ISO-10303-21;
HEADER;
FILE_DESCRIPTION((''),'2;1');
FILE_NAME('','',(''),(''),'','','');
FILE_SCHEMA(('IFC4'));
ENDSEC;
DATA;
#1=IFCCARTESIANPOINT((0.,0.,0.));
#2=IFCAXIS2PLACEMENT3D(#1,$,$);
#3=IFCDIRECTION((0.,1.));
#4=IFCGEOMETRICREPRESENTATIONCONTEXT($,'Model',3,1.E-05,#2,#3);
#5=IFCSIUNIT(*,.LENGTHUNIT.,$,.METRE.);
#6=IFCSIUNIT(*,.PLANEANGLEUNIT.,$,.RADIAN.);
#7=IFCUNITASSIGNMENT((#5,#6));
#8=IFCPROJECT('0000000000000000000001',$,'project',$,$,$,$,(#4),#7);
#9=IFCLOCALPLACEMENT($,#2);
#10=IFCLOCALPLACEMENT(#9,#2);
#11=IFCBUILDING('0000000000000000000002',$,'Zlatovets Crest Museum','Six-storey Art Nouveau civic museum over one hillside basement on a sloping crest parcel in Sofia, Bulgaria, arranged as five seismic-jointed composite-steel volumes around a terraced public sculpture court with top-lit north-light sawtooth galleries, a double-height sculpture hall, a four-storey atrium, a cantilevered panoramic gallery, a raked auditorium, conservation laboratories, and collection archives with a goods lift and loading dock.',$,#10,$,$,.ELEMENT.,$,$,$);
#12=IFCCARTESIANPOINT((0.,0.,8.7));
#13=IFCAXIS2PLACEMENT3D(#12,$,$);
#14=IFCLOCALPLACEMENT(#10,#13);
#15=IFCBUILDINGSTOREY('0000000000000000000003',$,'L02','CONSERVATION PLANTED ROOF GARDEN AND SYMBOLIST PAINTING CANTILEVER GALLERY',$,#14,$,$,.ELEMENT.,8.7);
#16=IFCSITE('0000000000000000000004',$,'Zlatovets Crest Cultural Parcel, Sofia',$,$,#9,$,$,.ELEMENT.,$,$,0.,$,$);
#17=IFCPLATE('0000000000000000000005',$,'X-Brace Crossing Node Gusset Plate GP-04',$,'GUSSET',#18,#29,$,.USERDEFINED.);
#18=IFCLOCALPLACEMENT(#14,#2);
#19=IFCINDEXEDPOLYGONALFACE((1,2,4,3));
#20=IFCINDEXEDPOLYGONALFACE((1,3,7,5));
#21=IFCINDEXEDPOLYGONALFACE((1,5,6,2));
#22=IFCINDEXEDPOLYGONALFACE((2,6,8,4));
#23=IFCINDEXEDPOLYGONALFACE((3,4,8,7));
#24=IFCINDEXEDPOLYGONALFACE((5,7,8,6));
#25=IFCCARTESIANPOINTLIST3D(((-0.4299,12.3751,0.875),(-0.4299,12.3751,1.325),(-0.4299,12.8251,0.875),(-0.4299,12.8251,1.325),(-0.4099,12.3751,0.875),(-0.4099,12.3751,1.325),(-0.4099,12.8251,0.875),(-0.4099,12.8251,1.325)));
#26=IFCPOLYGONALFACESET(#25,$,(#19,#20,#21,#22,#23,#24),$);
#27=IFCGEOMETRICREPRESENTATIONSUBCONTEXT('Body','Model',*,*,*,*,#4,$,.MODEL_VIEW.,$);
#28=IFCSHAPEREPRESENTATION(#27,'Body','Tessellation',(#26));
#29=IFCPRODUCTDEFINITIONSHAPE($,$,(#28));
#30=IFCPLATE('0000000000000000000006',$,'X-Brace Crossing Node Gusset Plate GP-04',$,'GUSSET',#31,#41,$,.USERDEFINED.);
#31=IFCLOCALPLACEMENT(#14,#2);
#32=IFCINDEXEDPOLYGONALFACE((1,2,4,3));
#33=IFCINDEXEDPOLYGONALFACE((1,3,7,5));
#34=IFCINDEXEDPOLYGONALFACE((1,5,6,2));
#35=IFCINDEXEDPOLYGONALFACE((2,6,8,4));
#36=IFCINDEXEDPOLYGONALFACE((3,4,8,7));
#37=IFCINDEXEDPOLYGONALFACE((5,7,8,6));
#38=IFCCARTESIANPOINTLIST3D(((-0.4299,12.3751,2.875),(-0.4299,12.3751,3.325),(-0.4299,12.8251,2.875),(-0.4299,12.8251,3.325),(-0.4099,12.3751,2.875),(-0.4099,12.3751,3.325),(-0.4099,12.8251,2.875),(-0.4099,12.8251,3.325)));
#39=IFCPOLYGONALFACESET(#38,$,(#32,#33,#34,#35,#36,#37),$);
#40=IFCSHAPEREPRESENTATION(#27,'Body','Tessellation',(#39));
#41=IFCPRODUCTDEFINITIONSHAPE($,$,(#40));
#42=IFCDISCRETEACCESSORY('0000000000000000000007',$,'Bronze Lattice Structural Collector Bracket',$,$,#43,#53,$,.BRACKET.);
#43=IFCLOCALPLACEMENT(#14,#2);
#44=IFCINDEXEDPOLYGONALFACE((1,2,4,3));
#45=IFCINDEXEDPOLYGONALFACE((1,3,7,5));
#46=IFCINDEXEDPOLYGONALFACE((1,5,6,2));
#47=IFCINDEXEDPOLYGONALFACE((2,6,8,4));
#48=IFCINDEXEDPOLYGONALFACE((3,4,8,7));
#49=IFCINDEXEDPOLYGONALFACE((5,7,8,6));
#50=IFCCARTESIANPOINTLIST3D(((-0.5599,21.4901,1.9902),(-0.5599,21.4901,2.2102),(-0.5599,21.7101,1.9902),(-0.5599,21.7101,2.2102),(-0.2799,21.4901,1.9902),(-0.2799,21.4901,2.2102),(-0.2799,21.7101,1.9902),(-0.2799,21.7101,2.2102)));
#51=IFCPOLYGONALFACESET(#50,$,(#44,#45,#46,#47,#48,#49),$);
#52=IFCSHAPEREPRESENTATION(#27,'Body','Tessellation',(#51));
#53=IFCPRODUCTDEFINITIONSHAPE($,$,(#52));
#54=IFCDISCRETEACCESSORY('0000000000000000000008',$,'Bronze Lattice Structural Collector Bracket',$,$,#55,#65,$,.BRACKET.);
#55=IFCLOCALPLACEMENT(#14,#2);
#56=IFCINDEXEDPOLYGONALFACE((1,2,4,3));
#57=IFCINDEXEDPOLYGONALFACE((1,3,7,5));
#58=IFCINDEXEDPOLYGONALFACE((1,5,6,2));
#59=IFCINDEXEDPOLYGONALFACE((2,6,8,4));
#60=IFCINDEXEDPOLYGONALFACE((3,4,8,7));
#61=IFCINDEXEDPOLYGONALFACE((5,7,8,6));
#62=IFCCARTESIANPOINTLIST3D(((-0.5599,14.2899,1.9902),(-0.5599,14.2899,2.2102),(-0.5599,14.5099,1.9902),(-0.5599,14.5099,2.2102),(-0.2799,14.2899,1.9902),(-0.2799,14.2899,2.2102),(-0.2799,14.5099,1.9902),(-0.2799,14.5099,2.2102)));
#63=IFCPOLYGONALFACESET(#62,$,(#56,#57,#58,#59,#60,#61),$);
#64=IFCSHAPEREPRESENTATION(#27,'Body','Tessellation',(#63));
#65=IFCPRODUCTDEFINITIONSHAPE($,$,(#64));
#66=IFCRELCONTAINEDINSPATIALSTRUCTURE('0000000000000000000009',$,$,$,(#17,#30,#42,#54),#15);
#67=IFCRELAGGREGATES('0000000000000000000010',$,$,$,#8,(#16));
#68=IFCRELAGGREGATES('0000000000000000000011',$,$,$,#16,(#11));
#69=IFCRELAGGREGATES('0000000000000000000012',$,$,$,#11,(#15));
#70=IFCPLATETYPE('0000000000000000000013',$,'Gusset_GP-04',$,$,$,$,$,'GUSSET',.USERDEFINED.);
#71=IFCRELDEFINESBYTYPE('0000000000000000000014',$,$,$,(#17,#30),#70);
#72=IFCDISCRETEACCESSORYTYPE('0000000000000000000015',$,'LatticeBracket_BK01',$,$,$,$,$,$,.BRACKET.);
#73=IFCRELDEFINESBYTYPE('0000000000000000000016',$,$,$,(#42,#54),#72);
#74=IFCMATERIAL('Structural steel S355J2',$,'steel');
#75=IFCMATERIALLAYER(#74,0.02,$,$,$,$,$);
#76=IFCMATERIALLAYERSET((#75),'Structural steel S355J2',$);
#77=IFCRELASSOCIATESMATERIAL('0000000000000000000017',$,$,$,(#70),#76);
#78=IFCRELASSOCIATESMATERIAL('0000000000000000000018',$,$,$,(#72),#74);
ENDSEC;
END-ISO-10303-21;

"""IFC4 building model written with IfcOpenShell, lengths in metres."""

from ifc_helpers import new_model, si_unit, direction, frame, origin, origin_2d, place, context, subcontext, project, spatial, rectangle, extrude, material, layer, layer_set, type_object, element, save


model = new_model("IFC4")

# Units and contexts
model_context = context("Model", 3, precision=1e-05, world=origin(), true_north=direction((0.0, 1.0)))
body_context = subcontext(model_context, "Body", "Model", "MODEL_VIEW")
ifc_project = project(units=[si_unit("LENGTHUNIT", "METRE"), si_unit("PLANEANGLEUNIT", "RADIAN")], contexts=[model_context])

# Site, building, storey
site_placement = place(None, origin())
site = spatial("IfcSite", under=ifc_project, at=site_placement, Name="Zlatovets Crest Cultural Parcel, Sofia", CompositionType="ELEMENT", RefElevation=0.0)
building_placement = place(site_placement, origin())
building = spatial("IfcBuilding", under=site, at=building_placement, Name="Zlatovets Crest Museum", Description="Six-storey Art Nouveau civic museum over one hillside basement on a sloping crest parcel in Sofia, Bulgaria, arranged as five seismic-jointed composite-steel volumes around a terraced public sculpture court with top-lit north-light sawtooth galleries, a double-height sculpture hall, a four-storey atrium, a cantilevered panoramic gallery, a raked auditorium, conservation laboratories, and collection archives with a goods lift and loading dock.", CompositionType="ELEMENT")
storey_placement = place(building_placement, frame((0.0, 0.0, 8.7)))
storey = spatial("IfcBuildingStorey", under=building, at=storey_placement, Name="L02", Description="CONSERVATION PLANTED ROOF GARDEN AND SYMBOLIST PAINTING CANTILEVER GALLERY", CompositionType="ELEMENT", Elevation=8.7)

# Shared definitions
ifc_material_1 = material(Name="Structural steel S355J2", Category="steel")

# Plates
ifc_layer_1 = layer(ifc_material_1, 0.02)
ifc_layer_set_1 = layer_set([ifc_layer_1], Name="Structural steel S355J2")
plate_type_1 = type_object("IfcPlateType", Name="Gusset_GP-04", ElementType="GUSSET", PredefinedType="USERDEFINED", material=ifc_layer_set_1)
for number, where, z_axis, x_axis, name in (
    (1, (-0.4199, 12.6001, 0.875), (0.0, 0.0, 1.0), (1.0, 0.0, 0.0), "X-Brace Crossing Node Gusset Plate GP-04"),
    (2, (-0.4199, 12.6001, 2.875), (0.0, 0.0, 1.0), (1.0, 0.0, 0.0), "X-Brace Crossing Node Gusset Plate GP-04"),
):
    element("IfcPlate", number, at=place(storey_placement, frame(where, z_axis=z_axis, x_axis=x_axis)), inside=storey, type_object=plate_type_1, Name=name, ObjectType="GUSSET", PredefinedType="USERDEFINED", context=body_context, shape_type="SweptSolid", body=[
        extrude(rectangle(XDim=0.02, YDim=0.45, at=origin_2d()), origin(), (0.0, 0.0, 1.0), 0.45),
    ])

# Discrete accessories
discrete_accessory_type = type_object("IfcDiscreteAccessoryType", Name="LatticeBracket_BK01", PredefinedType="BRACKET", material=ifc_material_1)
for number, where, z_axis, x_axis, name in (
    (3, (-0.4199, 21.6001, 1.9902), (0.0, 0.0, 1.0), (1.0, 0.0, 0.0), "Bronze Lattice Structural Collector Bracket"),
    (4, (-0.4199, 14.3999, 1.9902), (0.0, 0.0, 1.0), (1.0, 0.0, 0.0), "Bronze Lattice Structural Collector Bracket"),
):
    element("IfcDiscreteAccessory", number, at=place(storey_placement, frame(where, z_axis=z_axis, x_axis=x_axis)), inside=storey, type_object=discrete_accessory_type, Name=name, PredefinedType="BRACKET", context=body_context, shape_type="SweptSolid", body=[
        extrude(rectangle(XDim=0.28, YDim=0.22, at=origin_2d()), origin(), (0.0, 0.0, 1.0), 0.22),
    ])

save(model, "model.ifc")
